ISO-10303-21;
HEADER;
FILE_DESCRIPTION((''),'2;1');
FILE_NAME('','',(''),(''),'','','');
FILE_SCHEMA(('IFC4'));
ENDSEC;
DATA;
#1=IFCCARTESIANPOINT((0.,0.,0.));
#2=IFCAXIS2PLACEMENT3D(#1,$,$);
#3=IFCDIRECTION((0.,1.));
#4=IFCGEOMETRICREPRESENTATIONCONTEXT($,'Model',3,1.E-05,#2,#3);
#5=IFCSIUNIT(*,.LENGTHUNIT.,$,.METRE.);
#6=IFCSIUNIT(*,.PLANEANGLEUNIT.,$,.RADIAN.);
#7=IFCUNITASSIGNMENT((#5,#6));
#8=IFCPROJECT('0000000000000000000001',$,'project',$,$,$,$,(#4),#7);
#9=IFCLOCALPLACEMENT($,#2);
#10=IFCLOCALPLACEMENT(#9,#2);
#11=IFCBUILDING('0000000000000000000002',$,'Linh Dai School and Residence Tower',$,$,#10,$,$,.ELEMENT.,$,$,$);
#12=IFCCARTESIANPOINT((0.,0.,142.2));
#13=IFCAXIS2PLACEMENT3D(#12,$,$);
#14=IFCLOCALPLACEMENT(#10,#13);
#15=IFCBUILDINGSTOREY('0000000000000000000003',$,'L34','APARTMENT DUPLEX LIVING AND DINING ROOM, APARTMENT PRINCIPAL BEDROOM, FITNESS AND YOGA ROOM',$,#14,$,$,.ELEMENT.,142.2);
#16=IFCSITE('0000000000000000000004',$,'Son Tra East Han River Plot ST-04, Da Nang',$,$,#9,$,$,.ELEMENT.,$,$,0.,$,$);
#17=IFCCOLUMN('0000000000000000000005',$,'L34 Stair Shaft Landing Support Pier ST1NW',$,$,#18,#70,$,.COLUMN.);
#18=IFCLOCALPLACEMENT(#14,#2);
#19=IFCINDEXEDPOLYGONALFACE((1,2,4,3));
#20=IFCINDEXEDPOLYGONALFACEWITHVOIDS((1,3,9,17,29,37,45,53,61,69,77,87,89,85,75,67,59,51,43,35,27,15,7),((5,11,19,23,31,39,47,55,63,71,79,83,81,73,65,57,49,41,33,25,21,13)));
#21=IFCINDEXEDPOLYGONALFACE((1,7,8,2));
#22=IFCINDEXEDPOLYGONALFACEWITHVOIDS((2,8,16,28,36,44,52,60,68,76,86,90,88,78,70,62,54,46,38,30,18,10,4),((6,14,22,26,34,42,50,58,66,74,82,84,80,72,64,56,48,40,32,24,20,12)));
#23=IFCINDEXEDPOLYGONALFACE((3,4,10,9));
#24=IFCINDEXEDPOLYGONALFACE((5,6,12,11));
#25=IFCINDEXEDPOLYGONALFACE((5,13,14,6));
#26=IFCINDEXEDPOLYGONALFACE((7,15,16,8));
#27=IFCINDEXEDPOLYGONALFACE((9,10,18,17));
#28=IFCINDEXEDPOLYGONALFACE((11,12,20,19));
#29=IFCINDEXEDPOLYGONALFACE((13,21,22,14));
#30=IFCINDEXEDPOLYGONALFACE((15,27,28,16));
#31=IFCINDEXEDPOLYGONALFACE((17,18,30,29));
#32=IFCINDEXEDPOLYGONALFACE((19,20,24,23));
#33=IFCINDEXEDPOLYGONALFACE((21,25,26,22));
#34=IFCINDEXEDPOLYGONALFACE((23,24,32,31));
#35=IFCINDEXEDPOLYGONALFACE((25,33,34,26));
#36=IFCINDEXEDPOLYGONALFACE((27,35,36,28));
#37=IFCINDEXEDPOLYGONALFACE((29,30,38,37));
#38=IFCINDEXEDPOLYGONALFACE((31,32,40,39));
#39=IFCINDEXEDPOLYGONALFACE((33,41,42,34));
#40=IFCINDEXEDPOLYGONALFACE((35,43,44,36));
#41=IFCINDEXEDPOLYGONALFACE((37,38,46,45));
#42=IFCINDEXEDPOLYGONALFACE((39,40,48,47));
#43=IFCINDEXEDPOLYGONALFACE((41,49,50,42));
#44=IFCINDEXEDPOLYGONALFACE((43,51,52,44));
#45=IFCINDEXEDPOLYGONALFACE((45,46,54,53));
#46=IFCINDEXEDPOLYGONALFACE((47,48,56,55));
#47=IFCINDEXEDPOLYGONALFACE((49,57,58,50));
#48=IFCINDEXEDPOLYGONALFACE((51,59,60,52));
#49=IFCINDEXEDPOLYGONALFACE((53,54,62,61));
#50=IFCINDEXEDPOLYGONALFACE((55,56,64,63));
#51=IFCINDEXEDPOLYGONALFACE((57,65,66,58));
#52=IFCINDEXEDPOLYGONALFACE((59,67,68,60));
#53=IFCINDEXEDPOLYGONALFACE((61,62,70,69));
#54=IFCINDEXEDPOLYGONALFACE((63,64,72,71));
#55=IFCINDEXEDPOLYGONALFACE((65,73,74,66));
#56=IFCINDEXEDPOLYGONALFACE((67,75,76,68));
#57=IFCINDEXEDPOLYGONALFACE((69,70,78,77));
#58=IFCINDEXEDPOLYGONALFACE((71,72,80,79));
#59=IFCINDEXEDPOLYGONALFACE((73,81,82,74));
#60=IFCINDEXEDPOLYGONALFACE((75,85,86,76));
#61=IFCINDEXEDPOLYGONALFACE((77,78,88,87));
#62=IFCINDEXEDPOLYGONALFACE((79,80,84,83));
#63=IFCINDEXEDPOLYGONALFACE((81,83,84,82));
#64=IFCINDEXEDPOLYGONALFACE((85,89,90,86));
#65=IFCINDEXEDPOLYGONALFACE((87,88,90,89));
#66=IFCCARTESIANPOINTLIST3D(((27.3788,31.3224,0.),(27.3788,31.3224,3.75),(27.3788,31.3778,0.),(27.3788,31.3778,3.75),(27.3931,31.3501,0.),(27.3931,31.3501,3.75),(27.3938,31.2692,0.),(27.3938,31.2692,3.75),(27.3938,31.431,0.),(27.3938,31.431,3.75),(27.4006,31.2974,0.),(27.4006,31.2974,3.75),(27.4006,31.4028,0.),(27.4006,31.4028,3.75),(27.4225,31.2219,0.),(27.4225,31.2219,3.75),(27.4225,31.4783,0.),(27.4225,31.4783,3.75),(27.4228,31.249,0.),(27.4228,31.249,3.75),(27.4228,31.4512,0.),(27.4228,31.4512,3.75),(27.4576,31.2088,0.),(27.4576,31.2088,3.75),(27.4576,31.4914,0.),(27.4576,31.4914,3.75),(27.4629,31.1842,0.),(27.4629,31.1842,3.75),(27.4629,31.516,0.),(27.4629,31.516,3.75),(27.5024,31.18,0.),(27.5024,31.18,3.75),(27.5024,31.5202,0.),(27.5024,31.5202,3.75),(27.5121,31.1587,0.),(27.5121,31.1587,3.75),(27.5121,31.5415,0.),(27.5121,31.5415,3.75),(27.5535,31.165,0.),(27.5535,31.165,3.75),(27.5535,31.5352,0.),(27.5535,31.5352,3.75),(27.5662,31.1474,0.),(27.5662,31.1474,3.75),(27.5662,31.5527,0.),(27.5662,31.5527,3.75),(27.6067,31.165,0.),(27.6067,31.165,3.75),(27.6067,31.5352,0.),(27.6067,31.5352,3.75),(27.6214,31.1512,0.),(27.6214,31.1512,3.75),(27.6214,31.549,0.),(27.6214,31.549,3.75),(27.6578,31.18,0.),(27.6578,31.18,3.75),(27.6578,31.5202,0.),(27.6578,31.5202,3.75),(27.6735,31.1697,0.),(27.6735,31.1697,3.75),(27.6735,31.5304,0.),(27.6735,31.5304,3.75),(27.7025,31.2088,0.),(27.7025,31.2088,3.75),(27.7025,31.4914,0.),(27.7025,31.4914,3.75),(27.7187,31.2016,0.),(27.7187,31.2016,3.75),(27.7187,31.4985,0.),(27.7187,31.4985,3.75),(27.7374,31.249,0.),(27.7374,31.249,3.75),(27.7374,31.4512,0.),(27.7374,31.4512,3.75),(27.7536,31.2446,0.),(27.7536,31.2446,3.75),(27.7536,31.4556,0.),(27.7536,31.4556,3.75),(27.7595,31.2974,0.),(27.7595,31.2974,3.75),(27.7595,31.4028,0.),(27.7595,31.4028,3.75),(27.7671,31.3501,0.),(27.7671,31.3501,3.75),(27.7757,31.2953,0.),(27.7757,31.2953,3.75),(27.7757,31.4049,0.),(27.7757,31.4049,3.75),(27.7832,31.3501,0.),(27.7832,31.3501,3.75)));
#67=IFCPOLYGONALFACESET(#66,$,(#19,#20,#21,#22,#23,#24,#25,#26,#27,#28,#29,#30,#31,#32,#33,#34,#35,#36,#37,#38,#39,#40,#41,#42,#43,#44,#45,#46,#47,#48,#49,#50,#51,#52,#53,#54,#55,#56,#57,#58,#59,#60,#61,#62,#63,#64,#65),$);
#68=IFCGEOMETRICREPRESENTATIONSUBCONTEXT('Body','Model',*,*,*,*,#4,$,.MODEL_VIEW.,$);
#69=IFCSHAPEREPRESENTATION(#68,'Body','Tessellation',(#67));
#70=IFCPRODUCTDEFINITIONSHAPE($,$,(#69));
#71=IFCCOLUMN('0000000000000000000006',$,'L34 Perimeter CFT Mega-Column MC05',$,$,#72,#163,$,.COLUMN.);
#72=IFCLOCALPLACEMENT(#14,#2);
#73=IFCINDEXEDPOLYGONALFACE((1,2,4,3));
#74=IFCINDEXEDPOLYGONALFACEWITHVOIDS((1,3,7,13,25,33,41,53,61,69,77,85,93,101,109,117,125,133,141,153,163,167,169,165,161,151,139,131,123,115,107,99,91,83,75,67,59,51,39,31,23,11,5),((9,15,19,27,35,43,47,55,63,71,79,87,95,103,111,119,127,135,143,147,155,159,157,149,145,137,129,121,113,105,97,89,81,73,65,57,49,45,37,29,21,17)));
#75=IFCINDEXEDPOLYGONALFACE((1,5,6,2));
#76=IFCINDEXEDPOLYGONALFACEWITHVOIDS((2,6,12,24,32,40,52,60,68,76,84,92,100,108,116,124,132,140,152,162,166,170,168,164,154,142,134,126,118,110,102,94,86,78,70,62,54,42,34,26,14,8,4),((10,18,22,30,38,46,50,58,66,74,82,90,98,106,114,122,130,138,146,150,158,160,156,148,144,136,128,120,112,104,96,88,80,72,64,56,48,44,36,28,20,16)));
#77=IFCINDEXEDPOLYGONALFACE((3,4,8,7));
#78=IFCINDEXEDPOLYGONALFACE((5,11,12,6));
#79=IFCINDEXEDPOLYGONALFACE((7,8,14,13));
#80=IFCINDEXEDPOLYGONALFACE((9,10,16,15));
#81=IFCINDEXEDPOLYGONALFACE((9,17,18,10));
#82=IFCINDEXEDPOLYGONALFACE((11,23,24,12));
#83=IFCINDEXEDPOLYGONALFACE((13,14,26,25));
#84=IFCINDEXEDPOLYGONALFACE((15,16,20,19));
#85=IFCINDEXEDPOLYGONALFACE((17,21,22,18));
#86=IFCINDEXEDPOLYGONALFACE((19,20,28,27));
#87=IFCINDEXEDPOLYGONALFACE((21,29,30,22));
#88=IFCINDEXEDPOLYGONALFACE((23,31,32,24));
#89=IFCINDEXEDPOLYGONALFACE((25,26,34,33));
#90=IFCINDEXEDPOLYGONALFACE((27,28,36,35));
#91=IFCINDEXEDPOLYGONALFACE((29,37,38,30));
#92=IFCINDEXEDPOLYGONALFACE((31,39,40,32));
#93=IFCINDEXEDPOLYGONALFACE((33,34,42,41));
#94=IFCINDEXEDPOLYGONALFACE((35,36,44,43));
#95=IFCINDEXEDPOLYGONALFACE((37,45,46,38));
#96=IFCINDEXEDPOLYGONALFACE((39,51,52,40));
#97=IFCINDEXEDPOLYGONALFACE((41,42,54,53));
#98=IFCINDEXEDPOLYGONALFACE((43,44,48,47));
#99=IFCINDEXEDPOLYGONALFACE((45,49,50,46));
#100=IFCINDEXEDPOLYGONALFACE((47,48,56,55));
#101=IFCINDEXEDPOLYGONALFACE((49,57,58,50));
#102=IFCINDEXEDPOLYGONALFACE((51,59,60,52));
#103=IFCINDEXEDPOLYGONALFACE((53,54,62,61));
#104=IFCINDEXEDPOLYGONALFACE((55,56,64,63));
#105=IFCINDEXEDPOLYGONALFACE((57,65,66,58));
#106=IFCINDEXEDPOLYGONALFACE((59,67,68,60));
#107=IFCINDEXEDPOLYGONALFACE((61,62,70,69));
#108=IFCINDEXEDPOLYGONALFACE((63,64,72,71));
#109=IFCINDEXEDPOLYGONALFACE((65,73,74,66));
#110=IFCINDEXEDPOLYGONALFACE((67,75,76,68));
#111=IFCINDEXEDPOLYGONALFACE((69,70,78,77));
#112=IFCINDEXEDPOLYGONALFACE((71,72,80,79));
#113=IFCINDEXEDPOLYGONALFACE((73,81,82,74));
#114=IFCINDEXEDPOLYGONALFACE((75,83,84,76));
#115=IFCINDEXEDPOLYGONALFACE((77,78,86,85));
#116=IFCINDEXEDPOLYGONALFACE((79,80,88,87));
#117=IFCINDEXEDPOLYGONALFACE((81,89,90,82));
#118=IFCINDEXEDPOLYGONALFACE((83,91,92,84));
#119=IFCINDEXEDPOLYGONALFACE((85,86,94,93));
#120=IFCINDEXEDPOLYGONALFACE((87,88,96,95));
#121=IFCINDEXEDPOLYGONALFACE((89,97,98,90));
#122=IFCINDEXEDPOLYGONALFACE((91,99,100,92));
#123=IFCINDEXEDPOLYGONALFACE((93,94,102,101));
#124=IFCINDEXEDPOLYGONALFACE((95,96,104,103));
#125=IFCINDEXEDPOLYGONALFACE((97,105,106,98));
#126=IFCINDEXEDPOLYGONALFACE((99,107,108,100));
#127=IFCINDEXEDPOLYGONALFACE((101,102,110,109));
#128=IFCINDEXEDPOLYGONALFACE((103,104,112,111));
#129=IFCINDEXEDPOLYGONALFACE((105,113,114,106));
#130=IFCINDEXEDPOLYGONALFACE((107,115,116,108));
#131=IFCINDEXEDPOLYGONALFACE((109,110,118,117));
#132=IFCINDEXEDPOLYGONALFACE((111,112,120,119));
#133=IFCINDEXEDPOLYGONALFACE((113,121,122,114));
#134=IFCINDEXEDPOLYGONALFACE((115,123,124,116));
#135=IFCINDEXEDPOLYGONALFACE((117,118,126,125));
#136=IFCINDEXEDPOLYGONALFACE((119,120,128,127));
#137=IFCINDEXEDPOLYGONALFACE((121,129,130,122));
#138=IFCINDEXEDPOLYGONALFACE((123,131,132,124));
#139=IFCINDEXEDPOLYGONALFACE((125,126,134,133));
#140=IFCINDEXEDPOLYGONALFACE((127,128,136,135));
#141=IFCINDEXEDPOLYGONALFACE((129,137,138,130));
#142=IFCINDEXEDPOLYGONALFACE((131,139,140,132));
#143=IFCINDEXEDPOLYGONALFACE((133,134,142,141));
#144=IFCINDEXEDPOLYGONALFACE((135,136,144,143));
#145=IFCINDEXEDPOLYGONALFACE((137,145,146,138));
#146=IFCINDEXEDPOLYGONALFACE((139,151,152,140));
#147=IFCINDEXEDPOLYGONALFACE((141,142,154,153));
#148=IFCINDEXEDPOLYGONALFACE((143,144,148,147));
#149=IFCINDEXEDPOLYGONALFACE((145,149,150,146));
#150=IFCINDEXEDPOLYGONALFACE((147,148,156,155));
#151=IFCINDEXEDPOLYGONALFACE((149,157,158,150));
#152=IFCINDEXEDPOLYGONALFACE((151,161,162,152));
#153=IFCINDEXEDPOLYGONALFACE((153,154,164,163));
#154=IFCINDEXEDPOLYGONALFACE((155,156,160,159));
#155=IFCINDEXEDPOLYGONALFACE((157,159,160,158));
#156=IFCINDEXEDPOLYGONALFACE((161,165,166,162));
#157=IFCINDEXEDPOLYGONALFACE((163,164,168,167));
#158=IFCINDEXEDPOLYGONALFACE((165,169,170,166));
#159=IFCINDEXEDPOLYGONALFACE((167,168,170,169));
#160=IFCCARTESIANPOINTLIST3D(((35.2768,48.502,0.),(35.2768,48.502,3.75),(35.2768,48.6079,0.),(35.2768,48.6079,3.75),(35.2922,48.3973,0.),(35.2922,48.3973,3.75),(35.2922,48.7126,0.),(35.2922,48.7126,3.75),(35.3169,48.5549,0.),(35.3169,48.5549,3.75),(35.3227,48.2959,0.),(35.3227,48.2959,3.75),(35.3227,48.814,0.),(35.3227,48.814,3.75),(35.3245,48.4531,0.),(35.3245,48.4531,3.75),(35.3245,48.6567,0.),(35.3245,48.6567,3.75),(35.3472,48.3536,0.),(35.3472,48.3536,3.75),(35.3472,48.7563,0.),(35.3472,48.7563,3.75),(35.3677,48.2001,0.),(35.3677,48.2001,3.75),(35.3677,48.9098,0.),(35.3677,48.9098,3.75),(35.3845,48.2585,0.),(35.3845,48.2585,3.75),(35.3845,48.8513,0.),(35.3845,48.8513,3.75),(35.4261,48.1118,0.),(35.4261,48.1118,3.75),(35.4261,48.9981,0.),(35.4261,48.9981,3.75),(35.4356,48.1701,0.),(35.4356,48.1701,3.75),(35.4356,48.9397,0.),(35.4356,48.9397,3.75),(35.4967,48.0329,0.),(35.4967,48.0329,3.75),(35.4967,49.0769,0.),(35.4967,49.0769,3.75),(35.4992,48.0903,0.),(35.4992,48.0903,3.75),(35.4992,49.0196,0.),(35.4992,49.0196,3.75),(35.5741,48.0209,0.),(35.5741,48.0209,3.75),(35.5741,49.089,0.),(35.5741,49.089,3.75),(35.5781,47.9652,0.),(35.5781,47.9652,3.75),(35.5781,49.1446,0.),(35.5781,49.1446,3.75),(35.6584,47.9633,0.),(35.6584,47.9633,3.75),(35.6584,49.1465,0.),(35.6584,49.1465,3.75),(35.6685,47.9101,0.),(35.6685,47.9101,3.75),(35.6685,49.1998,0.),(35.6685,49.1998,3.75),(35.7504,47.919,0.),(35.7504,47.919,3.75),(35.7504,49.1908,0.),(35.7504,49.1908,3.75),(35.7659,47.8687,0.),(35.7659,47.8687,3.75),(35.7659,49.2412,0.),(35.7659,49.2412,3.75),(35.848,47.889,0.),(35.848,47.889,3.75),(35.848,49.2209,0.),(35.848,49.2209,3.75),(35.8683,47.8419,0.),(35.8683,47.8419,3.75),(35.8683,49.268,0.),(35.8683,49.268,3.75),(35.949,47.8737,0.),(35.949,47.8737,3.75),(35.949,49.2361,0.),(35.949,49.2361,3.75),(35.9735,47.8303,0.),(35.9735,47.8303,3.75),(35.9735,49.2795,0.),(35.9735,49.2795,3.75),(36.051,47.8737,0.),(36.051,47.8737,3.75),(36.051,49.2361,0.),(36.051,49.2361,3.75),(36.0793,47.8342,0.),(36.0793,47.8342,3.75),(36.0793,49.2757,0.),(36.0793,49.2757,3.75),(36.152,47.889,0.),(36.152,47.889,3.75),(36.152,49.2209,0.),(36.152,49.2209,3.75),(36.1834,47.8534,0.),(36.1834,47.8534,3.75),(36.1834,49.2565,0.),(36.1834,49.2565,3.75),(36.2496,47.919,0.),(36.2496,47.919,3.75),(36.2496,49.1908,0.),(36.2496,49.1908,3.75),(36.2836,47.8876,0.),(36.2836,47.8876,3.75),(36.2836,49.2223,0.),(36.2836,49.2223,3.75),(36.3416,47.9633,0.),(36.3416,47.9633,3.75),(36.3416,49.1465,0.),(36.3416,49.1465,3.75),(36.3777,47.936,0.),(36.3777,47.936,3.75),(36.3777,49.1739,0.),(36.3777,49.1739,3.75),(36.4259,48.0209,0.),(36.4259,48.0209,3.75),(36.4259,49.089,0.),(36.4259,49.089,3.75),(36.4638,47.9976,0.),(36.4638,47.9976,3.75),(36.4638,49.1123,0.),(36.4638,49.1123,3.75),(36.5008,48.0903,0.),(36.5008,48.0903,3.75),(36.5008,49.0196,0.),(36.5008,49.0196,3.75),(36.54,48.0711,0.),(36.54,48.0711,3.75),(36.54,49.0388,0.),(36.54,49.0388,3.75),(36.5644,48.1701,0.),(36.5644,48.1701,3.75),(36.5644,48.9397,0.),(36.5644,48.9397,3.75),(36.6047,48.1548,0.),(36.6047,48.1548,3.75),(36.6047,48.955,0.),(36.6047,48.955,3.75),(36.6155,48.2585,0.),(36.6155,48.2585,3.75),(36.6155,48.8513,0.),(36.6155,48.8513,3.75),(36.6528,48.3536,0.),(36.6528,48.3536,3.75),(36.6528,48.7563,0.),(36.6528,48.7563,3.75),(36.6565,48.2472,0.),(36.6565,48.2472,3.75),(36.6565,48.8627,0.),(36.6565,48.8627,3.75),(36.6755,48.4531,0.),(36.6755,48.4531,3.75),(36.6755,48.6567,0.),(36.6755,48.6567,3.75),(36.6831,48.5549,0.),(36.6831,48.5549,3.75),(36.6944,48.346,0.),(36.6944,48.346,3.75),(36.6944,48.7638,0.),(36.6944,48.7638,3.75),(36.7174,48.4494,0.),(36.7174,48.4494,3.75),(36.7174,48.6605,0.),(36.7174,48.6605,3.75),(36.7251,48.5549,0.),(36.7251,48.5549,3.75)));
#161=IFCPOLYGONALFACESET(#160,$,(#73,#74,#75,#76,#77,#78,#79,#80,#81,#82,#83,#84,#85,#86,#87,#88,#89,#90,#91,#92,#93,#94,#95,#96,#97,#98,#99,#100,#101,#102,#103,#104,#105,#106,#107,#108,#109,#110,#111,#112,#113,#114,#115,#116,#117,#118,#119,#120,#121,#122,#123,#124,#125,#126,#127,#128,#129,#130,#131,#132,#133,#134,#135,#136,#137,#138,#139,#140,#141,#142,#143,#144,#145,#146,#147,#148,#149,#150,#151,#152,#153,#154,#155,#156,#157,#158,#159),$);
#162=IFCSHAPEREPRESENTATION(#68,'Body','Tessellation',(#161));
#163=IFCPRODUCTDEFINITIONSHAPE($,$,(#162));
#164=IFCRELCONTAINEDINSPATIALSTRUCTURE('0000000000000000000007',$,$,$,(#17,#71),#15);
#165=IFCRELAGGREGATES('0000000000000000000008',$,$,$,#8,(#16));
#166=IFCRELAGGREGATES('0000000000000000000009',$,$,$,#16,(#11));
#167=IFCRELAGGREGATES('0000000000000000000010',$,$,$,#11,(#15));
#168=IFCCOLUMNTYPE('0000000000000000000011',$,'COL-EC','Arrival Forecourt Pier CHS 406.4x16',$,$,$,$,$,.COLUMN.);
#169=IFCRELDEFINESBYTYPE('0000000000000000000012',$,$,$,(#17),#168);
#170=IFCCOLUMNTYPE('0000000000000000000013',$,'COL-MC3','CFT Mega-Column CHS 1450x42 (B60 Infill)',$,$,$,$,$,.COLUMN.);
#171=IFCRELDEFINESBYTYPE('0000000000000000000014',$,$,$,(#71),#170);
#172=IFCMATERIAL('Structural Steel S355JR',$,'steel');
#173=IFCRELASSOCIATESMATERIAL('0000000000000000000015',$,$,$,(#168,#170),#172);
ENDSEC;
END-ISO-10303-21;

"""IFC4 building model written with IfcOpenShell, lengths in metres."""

from ifc_helpers import new_model, si_unit, direction, frame, origin, origin_2d, place, context, subcontext, project, spatial, hollow_circle, extrude, material, material_profile, profile_set, type_object, element, save


model = new_model("IFC4")

# Units and contexts
model_context = context("Model", 3, precision=1e-05, world=origin(), true_north=direction((0.0, 1.0)))
body_context = subcontext(model_context, "Body", "Model", "MODEL_VIEW")
ifc_project = project(units=[si_unit("LENGTHUNIT", "METRE"), si_unit("PLANEANGLEUNIT", "RADIAN")], contexts=[model_context])

# Site, building, storey
site_placement = place(None, origin())
site = spatial("IfcSite", under=ifc_project, at=site_placement, Name="Son Tra East Han River Plot ST-04, Da Nang", CompositionType="ELEMENT", RefElevation=0.0)
building_placement = place(site_placement, origin())
building = spatial("IfcBuilding", under=site, at=building_placement, Name="Linh Dai School and Residence Tower", CompositionType="ELEMENT")
storey_placement = place(building_placement, frame((0.0, 0.0, 142.2)))
storey = spatial("IfcBuildingStorey", under=building, at=storey_placement, Name="L34", Description="APARTMENT DUPLEX LIVING AND DINING ROOM, APARTMENT PRINCIPAL BEDROOM, FITNESS AND YOGA ROOM", CompositionType="ELEMENT", Elevation=142.2)

# Columns
ifc_material_1 = material(Name="Structural Steel S355JR", Category="steel")
ifc_material_profile_1 = material_profile(ifc_material_1, hollow_circle(Radius=0.2031, WallThickness=0.0161, at=origin_2d()), Name="CHS 406.4x16")
ifc_profile_set_1 = profile_set([ifc_material_profile_1], Name="Structural Steel S355JR")
column_type_1 = type_object("IfcColumnType", Name="COL-EC", Description="Arrival Forecourt Pier CHS 406.4x16", PredefinedType="COLUMN", material=ifc_profile_set_1)
column_1_placement = place(storey_placement, frame((27.5801, 31.3501, 0.0), z_axis=(0.0, 0.0, 1.0), x_axis=(1.0, 0.0, 0.0)))
element("IfcColumn", 1, at=column_1_placement, inside=storey, type_object=column_type_1, Name="L34 Stair Shaft Landing Support Pier ST1NW", PredefinedType="COLUMN", context=body_context, shape_type="SweptSolid", body=[
    extrude(hollow_circle(Radius=0.2031, WallThickness=0.0161, at=origin_2d()), origin(), (0.0, 0.0, 1.0), 3.75),
])
ifc_material_profile_2 = material_profile(ifc_material_1, hollow_circle(Radius=0.7251, WallThickness=0.042, at=origin_2d()), Name="CHS 1450x42")
ifc_profile_set_2 = profile_set([ifc_material_profile_2], Name="Structural Steel S355JR")
column_type_2 = type_object("IfcColumnType", Name="COL-MC3", Description="CFT Mega-Column CHS 1450x42 (B60 Infill)", PredefinedType="COLUMN", material=ifc_profile_set_2)
for number, where, z_axis, x_axis, name in (
    (2, (36.0, 48.5549, 0.0), (0.0, 0.0, 1.0), (1.0, 0.0, 0.0), "L34 Perimeter CFT Mega-Column MC05"),
):
    element("IfcColumn", number, at=place(storey_placement, frame(where, z_axis=z_axis, x_axis=x_axis)), inside=storey, type_object=column_type_2, Name=name, PredefinedType="COLUMN", context=body_context, shape_type="SweptSolid", body=[
        extrude(hollow_circle(Radius=0.7251, WallThickness=0.042, at=origin_2d()), origin(), (0.0, 0.0, 1.0), 3.75),
    ])

save(model, "model.ifc")
